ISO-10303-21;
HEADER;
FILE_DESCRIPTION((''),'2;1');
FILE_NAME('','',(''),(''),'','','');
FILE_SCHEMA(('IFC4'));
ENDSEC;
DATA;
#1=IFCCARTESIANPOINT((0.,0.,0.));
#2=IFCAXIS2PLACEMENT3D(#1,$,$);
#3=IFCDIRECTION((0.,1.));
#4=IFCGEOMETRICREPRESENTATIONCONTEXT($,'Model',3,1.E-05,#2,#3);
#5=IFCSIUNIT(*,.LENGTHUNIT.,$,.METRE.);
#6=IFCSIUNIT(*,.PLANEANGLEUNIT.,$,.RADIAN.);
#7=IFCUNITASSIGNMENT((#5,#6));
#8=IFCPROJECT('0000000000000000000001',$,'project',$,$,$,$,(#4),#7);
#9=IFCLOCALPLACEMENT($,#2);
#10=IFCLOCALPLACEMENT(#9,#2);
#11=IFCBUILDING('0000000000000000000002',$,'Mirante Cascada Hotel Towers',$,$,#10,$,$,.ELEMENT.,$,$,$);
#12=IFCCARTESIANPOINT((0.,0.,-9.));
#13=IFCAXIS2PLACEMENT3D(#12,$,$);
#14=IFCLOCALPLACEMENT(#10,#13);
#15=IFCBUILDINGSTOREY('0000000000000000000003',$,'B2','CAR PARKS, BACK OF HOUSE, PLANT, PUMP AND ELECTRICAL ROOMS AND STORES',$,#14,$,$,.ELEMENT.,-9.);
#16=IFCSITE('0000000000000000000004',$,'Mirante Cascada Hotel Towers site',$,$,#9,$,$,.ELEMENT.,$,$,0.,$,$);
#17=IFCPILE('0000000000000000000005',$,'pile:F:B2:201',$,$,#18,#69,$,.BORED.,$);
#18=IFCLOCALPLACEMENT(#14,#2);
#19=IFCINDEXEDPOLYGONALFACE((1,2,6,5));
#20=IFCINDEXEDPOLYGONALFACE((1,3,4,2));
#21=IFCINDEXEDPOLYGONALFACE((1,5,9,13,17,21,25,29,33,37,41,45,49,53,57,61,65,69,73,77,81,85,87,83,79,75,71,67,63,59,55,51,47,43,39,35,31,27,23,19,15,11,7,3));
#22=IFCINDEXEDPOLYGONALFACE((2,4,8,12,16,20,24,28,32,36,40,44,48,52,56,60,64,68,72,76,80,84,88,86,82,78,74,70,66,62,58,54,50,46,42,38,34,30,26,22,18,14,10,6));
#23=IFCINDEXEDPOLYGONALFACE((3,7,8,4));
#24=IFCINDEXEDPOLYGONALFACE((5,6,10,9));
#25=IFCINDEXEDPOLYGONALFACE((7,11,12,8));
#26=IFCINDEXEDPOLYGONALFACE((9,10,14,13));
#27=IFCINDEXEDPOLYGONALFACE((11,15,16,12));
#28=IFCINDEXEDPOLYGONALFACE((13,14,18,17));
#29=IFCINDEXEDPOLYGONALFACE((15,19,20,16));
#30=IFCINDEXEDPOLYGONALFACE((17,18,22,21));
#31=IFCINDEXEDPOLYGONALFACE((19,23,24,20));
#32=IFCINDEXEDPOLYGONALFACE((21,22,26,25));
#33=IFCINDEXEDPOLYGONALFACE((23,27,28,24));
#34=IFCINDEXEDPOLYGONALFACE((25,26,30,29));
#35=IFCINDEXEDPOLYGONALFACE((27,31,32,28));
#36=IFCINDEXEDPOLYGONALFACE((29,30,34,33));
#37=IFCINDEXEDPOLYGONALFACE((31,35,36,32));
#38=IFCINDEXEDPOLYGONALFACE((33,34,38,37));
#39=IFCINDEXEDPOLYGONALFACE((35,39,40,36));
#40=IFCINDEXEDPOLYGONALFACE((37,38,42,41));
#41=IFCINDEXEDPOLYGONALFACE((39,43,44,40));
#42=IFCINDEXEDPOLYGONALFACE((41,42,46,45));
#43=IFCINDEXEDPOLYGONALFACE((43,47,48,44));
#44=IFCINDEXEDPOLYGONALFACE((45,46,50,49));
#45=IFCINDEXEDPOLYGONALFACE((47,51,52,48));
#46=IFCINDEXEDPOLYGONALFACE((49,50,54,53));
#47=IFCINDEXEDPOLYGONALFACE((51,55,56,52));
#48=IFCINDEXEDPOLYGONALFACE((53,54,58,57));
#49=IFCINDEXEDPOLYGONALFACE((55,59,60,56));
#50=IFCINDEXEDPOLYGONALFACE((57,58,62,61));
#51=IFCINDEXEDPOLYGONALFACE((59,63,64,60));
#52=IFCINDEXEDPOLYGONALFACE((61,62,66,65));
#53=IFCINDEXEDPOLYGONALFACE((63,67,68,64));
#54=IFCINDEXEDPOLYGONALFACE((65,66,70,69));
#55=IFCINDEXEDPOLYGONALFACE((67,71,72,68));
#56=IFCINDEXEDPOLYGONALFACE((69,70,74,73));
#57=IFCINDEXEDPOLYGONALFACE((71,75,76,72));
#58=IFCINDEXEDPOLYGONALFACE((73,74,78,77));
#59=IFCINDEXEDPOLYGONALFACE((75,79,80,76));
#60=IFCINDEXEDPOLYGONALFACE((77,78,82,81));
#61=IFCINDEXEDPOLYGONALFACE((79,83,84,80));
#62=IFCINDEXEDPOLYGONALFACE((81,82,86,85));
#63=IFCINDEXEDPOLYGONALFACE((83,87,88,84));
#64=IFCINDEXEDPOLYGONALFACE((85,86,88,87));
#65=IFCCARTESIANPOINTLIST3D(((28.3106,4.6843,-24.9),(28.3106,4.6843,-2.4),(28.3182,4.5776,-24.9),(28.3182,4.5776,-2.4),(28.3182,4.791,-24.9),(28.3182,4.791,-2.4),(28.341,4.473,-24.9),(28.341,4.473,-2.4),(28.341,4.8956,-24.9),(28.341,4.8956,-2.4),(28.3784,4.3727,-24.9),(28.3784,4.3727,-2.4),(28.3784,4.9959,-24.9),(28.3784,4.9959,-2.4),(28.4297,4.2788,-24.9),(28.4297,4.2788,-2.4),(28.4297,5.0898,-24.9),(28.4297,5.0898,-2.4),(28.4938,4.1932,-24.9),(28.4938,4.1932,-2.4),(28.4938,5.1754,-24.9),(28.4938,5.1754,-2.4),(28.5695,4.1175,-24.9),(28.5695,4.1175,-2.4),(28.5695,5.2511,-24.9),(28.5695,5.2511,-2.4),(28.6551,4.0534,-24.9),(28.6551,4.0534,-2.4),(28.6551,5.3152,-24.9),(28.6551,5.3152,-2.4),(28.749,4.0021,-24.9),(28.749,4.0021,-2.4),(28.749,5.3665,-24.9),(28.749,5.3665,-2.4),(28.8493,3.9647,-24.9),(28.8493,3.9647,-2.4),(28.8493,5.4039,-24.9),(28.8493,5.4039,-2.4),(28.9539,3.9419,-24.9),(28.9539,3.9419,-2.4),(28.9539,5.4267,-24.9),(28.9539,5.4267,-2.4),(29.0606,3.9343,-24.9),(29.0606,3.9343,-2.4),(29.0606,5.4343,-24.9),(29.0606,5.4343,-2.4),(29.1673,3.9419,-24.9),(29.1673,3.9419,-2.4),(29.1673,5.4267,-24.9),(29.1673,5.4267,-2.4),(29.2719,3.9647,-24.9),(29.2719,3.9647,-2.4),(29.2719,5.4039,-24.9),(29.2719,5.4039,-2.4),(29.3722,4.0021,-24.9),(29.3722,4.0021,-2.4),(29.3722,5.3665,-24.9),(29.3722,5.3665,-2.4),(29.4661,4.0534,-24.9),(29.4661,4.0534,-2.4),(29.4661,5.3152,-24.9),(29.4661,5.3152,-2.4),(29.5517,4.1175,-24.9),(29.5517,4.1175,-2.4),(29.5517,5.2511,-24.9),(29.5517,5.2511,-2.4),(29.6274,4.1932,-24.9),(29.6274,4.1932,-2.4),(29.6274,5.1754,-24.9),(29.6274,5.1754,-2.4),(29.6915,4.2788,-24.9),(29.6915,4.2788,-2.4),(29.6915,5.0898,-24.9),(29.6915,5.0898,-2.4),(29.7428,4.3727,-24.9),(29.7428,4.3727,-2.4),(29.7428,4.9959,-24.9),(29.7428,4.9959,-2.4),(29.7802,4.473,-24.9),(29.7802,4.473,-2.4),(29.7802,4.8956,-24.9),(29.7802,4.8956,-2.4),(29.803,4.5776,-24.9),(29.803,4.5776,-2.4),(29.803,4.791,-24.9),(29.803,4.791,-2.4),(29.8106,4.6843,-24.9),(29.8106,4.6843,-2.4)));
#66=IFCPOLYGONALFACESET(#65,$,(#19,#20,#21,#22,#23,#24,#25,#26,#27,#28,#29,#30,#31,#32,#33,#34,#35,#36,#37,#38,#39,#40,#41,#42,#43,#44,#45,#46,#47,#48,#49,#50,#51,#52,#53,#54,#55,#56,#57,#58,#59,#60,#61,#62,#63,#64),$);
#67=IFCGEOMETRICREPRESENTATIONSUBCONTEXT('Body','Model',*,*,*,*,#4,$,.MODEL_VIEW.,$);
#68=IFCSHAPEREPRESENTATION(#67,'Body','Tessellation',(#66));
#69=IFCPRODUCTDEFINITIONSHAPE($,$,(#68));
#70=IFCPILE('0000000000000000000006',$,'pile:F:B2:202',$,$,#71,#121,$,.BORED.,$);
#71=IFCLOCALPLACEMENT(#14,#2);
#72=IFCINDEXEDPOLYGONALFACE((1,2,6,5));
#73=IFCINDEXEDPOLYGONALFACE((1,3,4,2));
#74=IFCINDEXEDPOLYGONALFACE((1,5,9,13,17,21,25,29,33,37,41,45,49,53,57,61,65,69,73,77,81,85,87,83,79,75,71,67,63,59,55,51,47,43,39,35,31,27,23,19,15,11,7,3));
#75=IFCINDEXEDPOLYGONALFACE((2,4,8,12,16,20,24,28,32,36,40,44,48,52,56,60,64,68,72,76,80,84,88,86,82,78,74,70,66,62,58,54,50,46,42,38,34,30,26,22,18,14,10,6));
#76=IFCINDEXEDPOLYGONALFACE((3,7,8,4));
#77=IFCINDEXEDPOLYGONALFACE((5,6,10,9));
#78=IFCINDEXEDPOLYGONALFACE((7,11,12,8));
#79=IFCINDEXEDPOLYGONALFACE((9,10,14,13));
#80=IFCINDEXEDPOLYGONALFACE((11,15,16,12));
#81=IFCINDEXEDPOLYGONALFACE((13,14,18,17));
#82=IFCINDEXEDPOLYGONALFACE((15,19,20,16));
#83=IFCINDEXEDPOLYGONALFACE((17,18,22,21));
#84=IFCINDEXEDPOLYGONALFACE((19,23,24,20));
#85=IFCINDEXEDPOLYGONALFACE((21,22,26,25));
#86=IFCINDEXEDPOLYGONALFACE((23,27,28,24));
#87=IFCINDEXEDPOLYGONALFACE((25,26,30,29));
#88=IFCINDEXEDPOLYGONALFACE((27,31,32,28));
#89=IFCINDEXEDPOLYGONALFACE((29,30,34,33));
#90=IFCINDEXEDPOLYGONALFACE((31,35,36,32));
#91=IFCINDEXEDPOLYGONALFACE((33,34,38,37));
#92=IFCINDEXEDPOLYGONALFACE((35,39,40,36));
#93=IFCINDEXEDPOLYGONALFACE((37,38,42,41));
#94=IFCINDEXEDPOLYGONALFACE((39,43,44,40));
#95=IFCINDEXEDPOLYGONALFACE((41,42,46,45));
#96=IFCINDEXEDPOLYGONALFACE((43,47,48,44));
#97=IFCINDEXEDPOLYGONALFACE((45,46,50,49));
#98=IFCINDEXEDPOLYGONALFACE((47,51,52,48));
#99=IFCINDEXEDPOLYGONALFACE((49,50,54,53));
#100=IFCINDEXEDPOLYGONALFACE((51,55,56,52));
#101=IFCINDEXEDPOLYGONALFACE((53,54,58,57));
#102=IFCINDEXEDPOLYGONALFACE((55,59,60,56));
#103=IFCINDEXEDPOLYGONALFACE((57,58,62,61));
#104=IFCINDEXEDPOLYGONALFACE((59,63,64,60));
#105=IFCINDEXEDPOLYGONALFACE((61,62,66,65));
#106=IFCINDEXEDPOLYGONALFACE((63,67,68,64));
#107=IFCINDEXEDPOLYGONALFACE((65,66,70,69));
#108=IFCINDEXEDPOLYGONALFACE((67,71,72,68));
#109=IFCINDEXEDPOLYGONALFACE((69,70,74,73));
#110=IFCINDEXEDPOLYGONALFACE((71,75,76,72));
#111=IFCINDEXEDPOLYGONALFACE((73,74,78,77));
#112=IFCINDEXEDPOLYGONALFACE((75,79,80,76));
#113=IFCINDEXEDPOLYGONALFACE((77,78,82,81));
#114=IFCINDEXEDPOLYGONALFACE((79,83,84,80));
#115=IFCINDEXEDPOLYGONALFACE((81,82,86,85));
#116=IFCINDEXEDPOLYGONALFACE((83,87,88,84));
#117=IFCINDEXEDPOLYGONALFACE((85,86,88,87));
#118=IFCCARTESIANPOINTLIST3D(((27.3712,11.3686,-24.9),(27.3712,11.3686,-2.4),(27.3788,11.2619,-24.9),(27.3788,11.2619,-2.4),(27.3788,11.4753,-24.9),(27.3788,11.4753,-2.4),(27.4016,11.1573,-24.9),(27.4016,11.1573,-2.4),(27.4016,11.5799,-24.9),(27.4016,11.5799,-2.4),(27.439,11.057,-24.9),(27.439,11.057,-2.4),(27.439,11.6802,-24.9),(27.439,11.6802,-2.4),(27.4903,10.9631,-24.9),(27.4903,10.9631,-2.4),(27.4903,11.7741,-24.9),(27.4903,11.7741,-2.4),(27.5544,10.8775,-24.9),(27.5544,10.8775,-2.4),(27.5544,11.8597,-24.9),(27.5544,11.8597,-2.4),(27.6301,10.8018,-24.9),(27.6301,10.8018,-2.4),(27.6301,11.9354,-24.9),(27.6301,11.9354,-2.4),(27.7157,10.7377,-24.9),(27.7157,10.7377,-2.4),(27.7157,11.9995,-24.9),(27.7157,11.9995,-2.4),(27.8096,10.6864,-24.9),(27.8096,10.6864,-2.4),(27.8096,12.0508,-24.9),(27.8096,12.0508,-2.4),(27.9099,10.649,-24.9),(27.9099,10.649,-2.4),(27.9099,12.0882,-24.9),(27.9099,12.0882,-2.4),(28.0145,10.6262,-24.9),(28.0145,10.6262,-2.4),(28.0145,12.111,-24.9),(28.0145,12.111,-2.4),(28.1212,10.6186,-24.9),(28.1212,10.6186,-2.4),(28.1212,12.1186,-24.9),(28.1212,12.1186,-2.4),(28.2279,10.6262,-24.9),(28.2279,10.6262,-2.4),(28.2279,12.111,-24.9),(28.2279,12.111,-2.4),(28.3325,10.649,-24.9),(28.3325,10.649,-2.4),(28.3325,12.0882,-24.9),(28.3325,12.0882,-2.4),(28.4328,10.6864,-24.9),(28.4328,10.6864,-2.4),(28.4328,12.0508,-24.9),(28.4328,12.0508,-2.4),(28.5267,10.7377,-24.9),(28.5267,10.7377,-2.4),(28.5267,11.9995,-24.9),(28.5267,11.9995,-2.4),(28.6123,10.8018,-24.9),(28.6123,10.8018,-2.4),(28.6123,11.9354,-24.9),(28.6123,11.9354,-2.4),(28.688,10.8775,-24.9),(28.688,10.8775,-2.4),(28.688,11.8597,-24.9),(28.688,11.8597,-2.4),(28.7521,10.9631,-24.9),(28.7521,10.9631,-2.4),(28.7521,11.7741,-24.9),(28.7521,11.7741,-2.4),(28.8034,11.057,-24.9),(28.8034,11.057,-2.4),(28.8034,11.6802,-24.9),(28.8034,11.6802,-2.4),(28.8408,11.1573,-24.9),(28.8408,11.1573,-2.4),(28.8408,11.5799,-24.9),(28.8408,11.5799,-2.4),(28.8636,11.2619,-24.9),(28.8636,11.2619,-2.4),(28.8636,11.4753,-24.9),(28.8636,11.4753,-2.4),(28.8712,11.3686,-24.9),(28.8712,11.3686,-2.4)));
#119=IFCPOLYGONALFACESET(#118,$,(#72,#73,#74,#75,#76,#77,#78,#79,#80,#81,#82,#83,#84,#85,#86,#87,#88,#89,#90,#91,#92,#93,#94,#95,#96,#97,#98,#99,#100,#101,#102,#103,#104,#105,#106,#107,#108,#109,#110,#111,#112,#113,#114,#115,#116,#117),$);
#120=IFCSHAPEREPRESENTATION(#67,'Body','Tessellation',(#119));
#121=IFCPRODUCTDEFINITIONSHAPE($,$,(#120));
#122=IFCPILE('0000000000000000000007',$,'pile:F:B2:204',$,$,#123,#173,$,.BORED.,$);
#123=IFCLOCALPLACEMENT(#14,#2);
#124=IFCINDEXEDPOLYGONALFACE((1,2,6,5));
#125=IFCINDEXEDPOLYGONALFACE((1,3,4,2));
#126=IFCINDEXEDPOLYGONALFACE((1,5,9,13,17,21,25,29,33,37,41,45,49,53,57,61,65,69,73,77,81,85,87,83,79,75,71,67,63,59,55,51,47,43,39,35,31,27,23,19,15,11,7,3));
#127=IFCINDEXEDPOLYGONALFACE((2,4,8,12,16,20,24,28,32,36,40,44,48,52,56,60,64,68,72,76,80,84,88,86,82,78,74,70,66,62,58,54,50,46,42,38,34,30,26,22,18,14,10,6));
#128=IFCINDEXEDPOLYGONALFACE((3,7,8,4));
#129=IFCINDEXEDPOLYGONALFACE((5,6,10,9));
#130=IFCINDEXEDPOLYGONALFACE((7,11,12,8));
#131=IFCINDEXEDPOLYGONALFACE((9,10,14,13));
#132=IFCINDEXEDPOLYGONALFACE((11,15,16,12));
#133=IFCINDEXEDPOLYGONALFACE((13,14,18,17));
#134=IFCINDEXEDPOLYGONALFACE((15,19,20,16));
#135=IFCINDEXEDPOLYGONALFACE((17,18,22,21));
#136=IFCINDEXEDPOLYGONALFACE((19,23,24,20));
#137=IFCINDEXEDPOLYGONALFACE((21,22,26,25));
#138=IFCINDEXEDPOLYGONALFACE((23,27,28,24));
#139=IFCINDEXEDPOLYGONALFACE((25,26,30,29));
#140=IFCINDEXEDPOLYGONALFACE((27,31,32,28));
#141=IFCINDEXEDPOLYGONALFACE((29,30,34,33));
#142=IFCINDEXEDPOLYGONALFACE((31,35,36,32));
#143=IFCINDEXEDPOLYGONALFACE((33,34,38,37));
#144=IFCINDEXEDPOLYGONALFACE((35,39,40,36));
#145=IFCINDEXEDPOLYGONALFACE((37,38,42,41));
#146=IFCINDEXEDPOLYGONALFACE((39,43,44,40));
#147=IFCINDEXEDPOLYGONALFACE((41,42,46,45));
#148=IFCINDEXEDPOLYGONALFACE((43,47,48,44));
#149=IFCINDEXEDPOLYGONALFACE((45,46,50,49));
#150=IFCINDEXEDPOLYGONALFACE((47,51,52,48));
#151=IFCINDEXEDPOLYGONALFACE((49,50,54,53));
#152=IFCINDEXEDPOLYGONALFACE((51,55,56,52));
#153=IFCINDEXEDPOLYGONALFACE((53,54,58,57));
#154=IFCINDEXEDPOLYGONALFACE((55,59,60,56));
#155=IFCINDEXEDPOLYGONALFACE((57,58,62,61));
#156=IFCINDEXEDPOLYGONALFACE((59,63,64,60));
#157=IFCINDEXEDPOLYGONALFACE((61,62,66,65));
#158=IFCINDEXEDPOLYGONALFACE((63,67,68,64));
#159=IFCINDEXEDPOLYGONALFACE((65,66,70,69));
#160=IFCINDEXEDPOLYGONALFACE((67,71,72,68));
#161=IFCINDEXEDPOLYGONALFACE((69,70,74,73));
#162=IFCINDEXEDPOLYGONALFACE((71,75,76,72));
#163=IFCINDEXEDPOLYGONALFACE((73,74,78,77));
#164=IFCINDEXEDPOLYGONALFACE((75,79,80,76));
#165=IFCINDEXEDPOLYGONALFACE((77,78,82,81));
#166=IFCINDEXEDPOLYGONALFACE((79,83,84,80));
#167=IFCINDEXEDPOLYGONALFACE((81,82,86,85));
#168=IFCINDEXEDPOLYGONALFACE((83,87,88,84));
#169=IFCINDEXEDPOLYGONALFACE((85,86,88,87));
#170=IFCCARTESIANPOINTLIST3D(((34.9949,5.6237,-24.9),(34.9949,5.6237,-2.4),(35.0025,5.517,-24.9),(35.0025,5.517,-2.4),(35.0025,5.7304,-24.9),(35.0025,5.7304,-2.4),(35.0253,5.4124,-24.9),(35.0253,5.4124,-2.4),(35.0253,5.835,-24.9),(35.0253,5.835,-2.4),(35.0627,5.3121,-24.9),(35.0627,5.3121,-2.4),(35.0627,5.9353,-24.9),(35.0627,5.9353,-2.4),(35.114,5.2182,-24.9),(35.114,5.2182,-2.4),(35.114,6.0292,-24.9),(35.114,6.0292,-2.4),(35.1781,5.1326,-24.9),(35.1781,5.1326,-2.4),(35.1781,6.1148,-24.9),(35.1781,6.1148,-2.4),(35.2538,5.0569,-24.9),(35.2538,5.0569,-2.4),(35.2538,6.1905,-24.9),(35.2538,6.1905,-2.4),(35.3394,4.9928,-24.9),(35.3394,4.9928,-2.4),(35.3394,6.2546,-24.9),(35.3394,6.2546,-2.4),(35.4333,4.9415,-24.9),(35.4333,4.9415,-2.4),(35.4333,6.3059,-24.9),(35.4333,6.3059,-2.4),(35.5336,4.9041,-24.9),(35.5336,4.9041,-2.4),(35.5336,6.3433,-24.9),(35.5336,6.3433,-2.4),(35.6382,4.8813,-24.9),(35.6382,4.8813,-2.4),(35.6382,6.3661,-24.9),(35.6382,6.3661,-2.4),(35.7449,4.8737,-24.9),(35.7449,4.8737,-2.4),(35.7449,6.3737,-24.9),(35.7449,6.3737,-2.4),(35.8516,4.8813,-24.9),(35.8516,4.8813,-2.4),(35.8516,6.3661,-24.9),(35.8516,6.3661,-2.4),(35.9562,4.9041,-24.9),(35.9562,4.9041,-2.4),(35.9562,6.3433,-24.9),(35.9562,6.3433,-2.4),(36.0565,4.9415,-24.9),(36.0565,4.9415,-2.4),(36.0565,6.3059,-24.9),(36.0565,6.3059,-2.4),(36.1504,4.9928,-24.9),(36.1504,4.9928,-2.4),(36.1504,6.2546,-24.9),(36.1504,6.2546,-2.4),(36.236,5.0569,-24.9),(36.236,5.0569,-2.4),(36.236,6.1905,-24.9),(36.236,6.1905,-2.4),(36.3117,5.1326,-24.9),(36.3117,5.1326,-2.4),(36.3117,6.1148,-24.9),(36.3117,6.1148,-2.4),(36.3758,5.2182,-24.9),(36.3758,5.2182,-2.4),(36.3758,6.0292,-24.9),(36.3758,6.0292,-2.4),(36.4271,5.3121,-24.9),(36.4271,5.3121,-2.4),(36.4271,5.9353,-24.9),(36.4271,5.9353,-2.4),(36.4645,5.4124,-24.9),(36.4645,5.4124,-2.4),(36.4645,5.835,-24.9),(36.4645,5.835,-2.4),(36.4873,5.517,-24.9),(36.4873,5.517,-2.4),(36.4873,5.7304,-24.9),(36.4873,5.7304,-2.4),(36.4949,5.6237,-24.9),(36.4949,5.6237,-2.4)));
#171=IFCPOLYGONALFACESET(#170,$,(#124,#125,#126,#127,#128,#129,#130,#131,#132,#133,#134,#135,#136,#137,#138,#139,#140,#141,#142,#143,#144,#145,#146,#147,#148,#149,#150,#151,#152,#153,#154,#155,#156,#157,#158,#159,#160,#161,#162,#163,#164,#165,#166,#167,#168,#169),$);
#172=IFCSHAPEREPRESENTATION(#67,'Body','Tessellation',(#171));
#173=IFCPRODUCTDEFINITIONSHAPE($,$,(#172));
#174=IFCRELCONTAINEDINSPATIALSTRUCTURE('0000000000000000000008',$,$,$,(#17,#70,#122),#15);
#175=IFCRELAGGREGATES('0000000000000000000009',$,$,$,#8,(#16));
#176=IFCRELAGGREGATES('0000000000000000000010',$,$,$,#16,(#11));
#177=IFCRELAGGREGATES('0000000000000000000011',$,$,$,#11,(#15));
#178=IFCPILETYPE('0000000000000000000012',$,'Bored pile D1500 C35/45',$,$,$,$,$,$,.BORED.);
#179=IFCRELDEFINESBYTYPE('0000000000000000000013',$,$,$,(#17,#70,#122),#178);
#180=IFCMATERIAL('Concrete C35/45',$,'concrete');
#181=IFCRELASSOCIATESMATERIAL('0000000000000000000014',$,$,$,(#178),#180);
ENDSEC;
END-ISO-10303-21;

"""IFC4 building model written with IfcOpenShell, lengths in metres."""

from ifc_helpers import new_model, si_unit, direction, frame, origin, origin_2d, place, context, subcontext, project, spatial, circle, extrude, material, material_profile, profile_set, type_object, element, save


model = new_model("IFC4")

# Units and contexts
model_context = context("Model", 3, precision=1e-05, world=origin(), true_north=direction((0.0, 1.0)))
body_context = subcontext(model_context, "Body", "Model", "MODEL_VIEW")
ifc_project = project(units=[si_unit("LENGTHUNIT", "METRE"), si_unit("PLANEANGLEUNIT", "RADIAN")], contexts=[model_context])

# Site, building, storey
site_placement = place(None, origin())
site = spatial("IfcSite", under=ifc_project, at=site_placement, Name="Mirante Cascada Hotel Towers site", CompositionType="ELEMENT", RefElevation=0.0)
building_placement = place(site_placement, origin())
building = spatial("IfcBuilding", under=site, at=building_placement, Name="Mirante Cascada Hotel Towers", CompositionType="ELEMENT")
storey_placement = place(building_placement, frame((0.0, 0.0, -9.0)))
storey = spatial("IfcBuildingStorey", under=building, at=storey_placement, Name="B2", Description="CAR PARKS, BACK OF HOUSE, PLANT, PUMP AND ELECTRICAL ROOMS AND STORES", CompositionType="ELEMENT", Elevation=-9.0)

# Piles
ifc_material_1 = material(Name="Concrete C35/45", Category="concrete")
ifc_material_profile_1 = material_profile(ifc_material_1, circle(Radius=0.75, at=origin_2d()), Name="RC D1500")
ifc_profile_set_1 = profile_set([ifc_material_profile_1], Name="Concrete C35/45")
pile_type = type_object("IfcPileType", Name="Bored pile D1500 C35/45", PredefinedType="BORED", material=ifc_profile_set_1)
for number, where, z_axis, x_axis, name in (
    (1, (29.0606, 4.6843, -2.4), (0.0, 0.0, -1.0), (1.0, 0.0, 0.0), "pile:F:B2:201"),
    (2, (28.1212, 11.3686, -2.4), (0.0, 0.0, -1.0), (1.0, 0.0, 0.0), "pile:F:B2:202"),
    (3, (35.7449, 5.6237, -2.4), (0.0, 0.0, -1.0), (1.0, 0.0, 0.0), "pile:F:B2:204"),
):
    element("IfcPile", number, at=place(storey_placement, frame(where, z_axis=z_axis, x_axis=x_axis)), inside=storey, type_object=pile_type, Name=name, PredefinedType="BORED", context=body_context, shape_type="SweptSolid", body=[
        extrude(circle(Radius=0.75, at=origin_2d()), origin(), (0.0, 0.0, 1.0), 22.5),
    ])

save(model, "model.ifc")
